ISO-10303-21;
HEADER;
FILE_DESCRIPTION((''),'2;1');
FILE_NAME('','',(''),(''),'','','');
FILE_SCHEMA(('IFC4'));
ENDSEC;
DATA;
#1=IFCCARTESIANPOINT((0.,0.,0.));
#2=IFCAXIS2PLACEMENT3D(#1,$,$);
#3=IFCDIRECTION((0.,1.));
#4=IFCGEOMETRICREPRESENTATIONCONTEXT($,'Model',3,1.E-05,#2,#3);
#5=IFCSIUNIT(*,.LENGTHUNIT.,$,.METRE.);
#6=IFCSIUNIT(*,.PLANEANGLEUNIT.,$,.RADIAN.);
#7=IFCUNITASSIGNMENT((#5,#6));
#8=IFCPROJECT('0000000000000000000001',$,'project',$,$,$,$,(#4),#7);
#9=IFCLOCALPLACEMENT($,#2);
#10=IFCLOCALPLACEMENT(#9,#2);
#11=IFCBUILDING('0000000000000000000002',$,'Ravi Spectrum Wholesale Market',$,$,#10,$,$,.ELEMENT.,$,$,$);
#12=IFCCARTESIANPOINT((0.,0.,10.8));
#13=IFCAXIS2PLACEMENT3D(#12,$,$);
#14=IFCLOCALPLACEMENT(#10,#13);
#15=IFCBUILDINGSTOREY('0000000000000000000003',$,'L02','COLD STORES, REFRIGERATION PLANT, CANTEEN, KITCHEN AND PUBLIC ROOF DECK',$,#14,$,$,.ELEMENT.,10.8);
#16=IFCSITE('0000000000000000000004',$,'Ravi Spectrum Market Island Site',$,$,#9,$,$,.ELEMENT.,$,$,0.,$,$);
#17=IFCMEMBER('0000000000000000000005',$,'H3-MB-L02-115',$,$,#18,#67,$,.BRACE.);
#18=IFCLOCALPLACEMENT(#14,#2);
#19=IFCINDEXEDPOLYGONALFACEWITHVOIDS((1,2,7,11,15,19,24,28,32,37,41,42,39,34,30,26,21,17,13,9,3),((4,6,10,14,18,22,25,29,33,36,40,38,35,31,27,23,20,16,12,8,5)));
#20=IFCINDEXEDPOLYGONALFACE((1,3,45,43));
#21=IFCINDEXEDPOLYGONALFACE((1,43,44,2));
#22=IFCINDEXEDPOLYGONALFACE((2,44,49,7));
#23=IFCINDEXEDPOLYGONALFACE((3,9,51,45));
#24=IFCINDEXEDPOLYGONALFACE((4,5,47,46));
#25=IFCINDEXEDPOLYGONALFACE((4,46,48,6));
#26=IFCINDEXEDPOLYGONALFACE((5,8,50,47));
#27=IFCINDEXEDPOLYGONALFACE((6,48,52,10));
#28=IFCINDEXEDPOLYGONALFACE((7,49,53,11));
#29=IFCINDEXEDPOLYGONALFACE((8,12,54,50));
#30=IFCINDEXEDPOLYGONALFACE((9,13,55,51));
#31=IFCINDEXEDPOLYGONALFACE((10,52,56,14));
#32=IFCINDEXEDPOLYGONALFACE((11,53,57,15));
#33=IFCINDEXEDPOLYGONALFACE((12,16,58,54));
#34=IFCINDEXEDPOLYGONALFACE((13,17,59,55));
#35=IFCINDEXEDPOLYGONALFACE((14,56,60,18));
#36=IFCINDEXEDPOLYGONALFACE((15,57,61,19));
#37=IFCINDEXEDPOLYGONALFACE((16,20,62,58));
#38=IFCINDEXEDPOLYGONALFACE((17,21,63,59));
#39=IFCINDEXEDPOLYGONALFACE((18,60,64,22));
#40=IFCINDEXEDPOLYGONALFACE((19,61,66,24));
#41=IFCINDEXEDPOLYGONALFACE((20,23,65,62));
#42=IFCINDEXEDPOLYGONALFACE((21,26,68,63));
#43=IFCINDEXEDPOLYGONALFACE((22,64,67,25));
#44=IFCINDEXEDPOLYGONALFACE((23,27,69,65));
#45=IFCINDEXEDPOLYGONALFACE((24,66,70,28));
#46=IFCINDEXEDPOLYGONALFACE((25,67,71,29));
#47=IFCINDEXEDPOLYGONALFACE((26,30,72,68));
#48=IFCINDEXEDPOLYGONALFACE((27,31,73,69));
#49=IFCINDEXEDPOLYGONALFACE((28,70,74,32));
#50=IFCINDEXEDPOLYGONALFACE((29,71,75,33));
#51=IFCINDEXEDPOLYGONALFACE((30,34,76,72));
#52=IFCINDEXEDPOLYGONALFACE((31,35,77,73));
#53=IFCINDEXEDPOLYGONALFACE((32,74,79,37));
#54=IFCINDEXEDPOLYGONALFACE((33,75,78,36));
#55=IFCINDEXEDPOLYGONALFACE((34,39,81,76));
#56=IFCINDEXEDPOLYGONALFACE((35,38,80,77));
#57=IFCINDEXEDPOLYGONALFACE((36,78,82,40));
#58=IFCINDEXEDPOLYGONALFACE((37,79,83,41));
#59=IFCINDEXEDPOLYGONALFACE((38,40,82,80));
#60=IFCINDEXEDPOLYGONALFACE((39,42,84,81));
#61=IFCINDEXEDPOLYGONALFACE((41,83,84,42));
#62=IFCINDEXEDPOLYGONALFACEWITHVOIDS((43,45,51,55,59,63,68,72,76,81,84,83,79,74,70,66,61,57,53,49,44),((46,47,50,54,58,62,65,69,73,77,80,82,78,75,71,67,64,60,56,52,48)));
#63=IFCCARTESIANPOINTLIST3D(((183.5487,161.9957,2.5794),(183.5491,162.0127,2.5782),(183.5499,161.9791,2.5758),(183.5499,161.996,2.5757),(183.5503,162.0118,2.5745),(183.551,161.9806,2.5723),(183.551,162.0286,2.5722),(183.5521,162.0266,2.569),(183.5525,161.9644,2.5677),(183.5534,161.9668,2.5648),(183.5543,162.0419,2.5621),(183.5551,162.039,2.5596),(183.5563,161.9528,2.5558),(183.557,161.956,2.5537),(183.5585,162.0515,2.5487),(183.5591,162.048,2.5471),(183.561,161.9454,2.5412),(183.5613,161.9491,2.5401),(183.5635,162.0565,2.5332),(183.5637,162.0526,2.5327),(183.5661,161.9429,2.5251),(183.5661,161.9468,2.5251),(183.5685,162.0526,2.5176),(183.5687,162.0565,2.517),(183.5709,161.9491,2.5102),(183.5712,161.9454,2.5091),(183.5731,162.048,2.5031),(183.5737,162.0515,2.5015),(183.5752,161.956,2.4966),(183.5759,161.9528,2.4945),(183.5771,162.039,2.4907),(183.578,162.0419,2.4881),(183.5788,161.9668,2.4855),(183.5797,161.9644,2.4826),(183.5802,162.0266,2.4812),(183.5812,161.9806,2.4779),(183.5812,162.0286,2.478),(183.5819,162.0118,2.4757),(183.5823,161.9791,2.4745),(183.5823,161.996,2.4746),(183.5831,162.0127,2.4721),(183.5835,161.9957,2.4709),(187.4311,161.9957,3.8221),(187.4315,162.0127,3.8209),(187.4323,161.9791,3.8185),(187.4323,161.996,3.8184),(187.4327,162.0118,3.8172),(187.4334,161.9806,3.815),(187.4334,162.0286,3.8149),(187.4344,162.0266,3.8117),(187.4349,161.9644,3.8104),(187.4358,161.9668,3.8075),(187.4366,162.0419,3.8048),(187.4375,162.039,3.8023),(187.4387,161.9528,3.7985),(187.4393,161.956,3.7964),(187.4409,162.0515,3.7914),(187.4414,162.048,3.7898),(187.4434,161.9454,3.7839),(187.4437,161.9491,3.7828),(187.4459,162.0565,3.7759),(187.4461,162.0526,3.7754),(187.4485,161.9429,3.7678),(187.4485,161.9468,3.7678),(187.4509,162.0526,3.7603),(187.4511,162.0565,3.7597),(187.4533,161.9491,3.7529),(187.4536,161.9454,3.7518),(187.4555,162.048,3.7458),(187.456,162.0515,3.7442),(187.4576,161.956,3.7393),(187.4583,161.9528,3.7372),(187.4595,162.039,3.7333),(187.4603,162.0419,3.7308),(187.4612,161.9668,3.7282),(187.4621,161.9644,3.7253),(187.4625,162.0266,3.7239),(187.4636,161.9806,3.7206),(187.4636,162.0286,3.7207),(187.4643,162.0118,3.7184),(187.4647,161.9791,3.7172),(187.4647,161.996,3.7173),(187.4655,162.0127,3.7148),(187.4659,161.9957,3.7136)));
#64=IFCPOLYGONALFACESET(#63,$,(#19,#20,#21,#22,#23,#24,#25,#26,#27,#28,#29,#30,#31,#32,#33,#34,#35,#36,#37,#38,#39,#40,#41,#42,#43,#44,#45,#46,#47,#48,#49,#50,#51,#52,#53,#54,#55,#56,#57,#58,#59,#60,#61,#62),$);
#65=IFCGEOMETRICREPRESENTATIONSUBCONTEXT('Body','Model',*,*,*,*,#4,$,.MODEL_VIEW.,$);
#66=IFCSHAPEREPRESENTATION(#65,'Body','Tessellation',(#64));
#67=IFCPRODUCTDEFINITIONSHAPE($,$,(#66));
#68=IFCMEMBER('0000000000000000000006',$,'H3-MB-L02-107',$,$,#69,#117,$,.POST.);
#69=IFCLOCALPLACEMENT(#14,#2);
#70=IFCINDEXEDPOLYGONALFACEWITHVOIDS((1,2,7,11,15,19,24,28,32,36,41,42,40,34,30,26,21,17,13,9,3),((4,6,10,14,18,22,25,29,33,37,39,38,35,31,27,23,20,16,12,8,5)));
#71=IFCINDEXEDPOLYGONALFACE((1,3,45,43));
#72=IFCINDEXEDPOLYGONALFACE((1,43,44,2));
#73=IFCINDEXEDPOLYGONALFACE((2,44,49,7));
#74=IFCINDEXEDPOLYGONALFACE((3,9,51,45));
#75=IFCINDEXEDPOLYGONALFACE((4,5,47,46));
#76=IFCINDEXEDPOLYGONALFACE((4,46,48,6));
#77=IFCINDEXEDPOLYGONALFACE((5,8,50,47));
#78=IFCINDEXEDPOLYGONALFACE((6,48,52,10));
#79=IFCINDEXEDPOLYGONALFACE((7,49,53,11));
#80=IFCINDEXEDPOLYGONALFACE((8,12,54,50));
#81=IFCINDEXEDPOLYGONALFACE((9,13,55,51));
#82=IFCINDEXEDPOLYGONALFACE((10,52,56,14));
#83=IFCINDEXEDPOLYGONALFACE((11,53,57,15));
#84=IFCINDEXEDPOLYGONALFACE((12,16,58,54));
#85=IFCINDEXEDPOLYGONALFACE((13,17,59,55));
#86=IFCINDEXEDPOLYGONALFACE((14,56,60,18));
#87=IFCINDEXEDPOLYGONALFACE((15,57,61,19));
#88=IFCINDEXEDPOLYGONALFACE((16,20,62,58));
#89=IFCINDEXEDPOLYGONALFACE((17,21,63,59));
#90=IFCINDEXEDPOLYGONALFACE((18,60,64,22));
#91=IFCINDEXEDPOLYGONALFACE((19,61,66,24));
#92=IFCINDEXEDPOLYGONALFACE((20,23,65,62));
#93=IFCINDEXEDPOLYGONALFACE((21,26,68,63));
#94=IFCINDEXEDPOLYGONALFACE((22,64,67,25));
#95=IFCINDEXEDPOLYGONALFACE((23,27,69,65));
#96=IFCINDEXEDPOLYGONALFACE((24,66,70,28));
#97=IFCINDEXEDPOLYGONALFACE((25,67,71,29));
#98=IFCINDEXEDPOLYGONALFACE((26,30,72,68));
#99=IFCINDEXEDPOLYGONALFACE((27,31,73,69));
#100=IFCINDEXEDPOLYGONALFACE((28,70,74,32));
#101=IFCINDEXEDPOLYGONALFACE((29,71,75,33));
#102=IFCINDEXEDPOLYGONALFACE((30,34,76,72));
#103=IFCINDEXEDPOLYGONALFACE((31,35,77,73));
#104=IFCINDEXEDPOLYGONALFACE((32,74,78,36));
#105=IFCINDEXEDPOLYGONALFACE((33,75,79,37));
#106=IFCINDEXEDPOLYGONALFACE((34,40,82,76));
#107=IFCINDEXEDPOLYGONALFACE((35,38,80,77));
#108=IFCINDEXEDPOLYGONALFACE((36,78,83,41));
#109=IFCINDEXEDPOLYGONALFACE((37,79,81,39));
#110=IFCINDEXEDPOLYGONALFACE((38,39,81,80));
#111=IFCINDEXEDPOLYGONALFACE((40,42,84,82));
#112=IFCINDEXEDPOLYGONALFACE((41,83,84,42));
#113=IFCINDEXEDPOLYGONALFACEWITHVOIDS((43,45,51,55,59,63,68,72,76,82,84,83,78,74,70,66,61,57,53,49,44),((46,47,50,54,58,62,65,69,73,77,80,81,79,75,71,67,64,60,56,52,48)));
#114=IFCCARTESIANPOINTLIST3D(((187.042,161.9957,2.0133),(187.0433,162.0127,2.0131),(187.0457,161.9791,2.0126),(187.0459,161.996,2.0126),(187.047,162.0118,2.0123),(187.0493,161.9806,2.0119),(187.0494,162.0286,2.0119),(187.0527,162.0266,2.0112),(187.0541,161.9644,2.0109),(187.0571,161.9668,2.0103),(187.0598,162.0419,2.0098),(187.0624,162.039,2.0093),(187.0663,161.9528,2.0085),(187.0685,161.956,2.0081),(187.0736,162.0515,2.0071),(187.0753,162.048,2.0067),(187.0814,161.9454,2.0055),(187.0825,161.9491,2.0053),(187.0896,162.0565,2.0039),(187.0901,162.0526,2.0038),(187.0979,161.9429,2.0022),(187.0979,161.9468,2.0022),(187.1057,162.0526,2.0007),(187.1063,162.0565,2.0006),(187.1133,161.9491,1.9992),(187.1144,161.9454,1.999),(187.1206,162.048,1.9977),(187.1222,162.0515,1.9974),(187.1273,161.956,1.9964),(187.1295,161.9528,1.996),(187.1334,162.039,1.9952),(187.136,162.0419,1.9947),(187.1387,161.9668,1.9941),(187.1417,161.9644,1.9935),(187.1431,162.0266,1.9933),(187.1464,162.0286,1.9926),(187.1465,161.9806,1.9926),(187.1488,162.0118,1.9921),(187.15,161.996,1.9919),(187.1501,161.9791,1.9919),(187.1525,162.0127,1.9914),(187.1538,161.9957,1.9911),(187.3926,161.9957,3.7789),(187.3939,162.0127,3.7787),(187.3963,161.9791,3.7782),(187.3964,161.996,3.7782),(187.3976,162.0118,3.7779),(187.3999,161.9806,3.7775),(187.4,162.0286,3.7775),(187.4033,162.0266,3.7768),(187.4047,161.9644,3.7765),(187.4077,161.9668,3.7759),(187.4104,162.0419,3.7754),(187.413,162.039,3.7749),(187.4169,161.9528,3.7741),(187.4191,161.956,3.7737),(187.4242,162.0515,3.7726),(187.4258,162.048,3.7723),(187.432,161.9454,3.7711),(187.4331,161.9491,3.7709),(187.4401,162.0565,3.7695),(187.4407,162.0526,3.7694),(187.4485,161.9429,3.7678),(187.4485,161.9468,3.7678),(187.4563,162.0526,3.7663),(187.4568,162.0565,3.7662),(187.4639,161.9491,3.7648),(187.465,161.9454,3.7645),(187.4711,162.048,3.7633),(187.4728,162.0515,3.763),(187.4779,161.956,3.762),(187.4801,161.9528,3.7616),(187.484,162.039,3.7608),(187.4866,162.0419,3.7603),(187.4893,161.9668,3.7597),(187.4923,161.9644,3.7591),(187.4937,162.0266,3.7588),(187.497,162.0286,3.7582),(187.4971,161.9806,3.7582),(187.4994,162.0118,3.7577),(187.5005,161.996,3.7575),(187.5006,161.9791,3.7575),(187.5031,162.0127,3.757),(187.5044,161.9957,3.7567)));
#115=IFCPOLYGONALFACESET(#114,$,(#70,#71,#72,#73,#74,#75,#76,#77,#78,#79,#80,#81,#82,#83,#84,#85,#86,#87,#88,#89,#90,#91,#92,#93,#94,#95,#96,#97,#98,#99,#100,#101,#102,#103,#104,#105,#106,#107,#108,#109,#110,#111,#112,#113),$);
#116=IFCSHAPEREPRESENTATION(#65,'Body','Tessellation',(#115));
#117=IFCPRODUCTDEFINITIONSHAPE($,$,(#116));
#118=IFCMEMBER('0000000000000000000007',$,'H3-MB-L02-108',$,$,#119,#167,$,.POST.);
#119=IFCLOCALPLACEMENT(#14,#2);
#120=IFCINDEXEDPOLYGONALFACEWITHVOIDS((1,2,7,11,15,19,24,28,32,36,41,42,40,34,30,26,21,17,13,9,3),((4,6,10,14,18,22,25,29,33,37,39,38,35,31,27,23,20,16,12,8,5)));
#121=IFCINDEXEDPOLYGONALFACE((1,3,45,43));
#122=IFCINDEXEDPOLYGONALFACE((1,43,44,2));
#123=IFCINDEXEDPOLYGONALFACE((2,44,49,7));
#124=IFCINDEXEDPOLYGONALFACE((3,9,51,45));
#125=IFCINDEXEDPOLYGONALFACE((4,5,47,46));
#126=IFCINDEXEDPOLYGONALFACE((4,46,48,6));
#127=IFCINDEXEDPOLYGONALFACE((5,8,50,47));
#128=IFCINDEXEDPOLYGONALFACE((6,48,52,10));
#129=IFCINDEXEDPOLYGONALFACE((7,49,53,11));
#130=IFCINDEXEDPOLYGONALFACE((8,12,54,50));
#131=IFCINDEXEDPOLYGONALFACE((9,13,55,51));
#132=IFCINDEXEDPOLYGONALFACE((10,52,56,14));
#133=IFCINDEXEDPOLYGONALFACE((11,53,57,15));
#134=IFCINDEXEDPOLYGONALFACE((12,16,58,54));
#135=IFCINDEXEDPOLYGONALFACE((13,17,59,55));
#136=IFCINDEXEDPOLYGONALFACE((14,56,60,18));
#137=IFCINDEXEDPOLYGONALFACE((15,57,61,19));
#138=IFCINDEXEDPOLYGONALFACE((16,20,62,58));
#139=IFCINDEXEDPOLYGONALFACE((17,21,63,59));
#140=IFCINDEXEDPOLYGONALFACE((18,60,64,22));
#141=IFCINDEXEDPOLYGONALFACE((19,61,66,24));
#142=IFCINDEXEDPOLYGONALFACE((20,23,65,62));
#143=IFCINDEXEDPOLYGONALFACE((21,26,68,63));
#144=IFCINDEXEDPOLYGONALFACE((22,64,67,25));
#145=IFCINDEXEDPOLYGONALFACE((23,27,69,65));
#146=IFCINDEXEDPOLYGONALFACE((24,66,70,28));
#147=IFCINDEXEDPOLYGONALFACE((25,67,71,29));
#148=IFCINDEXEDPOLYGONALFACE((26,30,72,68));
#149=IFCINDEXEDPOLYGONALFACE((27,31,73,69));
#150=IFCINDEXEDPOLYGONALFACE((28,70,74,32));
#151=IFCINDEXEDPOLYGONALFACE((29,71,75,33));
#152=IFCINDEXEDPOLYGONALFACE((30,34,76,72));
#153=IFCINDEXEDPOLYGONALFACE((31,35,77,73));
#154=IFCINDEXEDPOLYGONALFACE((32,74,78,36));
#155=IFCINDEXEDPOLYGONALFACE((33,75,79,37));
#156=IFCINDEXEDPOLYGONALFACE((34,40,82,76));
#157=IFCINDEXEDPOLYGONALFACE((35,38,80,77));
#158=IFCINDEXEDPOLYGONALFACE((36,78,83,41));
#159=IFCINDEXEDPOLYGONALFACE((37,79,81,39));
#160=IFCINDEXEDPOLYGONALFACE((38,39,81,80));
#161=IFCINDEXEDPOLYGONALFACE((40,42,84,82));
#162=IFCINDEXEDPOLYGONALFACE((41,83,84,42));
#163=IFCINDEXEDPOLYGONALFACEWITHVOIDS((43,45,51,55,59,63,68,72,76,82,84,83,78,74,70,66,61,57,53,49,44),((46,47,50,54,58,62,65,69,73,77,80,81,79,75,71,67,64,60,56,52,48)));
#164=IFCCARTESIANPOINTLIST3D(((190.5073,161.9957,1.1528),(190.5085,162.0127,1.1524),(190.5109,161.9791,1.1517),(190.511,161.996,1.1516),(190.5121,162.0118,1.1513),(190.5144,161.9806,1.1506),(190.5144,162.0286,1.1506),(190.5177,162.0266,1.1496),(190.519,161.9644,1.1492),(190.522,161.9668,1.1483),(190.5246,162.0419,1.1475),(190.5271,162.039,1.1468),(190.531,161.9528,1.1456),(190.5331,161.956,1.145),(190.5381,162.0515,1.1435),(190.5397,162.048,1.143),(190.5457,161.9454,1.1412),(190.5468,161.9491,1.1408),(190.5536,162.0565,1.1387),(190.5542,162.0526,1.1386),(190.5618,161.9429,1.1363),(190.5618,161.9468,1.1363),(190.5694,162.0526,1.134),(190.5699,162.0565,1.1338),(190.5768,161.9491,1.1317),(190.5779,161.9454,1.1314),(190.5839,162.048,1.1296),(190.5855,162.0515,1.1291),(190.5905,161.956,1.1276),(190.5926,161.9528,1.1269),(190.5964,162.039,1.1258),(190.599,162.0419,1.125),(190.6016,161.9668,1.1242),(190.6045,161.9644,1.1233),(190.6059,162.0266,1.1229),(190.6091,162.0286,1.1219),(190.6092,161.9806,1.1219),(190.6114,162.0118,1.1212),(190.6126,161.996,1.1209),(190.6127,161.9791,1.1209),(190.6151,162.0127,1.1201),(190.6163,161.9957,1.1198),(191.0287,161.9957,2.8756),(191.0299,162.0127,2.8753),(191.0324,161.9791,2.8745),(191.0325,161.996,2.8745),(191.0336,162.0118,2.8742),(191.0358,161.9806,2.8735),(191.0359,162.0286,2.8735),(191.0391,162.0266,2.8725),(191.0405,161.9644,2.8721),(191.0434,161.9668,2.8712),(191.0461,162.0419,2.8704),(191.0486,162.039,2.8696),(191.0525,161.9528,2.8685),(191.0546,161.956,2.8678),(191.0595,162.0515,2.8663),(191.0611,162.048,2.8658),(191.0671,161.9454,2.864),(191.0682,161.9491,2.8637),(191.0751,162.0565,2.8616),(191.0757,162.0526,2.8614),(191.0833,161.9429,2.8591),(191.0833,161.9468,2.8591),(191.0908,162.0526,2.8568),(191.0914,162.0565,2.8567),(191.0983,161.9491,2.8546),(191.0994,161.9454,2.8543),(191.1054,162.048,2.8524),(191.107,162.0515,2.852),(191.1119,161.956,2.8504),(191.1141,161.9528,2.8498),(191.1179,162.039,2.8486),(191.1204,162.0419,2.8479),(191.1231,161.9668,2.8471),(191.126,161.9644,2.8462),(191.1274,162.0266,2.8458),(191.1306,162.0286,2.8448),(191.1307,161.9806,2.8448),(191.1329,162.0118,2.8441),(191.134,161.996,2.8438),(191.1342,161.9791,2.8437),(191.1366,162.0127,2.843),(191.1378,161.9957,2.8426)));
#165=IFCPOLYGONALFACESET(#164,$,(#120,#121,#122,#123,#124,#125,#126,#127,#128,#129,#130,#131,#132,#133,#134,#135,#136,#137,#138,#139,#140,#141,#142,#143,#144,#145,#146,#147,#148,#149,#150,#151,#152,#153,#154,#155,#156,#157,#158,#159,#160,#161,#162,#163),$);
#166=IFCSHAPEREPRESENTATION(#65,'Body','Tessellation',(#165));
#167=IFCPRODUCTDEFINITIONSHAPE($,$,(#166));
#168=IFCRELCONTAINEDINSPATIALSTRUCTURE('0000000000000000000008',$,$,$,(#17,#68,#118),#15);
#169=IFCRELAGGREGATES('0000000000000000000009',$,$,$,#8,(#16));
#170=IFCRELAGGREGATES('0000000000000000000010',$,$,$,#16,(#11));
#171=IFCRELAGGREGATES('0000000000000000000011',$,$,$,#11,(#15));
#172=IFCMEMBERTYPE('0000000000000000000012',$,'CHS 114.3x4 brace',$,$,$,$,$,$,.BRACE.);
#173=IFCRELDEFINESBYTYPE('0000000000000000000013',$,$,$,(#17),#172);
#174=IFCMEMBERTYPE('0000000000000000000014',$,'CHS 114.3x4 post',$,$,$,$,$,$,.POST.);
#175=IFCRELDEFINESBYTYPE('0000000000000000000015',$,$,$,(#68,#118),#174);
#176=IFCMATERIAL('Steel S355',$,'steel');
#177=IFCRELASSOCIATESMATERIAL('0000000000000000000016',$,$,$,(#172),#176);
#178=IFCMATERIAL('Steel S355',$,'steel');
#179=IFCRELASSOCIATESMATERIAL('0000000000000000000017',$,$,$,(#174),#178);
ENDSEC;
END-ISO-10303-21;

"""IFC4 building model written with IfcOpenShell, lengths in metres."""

from ifc_helpers import new_model, si_unit, direction, frame, origin, origin_2d, place, context, subcontext, project, spatial, hollow_circle, extrude, material, material_profile, profile_set, type_object, element, save


model = new_model("IFC4")

# Units and contexts
model_context = context("Model", 3, precision=1e-05, world=origin(), true_north=direction((0.0, 1.0)))
body_context = subcontext(model_context, "Body", "Model", "MODEL_VIEW")
ifc_project = project(units=[si_unit("LENGTHUNIT", "METRE"), si_unit("PLANEANGLEUNIT", "RADIAN")], contexts=[model_context])

# Site, building, storey
site_placement = place(None, origin())
site = spatial("IfcSite", under=ifc_project, at=site_placement, Name="Ravi Spectrum Market Island Site", CompositionType="ELEMENT", RefElevation=0.0)
building_placement = place(site_placement, origin())
building = spatial("IfcBuilding", under=site, at=building_placement, Name="Ravi Spectrum Wholesale Market", CompositionType="ELEMENT")
storey_placement = place(building_placement, frame((0.0, 0.0, 10.8)))
storey = spatial("IfcBuildingStorey", under=building, at=storey_placement, Name="L02", Description="COLD STORES, REFRIGERATION PLANT, CANTEEN, KITCHEN AND PUBLIC ROOF DECK", CompositionType="ELEMENT", Elevation=10.8)

# Members
ifc_material_1 = material(Name="Steel S355", Category="steel")
ifc_material_profile_1 = material_profile(ifc_material_1, hollow_circle(Radius=0.0571, WallThickness=0.0039, at=origin_2d()))
ifc_profile_set_1 = profile_set([ifc_material_profile_1], Name="Steel S355")
member_type_1 = type_object("IfcMemberType", Name="CHS 114.3x4 brace", PredefinedType="BRACE", material=ifc_profile_set_1)
member_1_placement = place(storey_placement, frame((187.4485, 162.0, 3.7678), z_axis=(-0.952401, 0.0, -0.30485), x_axis=(0.0, -1.0, 0.0)))
element("IfcMember", 1, at=member_1_placement, inside=storey, type_object=member_type_1, Name="H3-MB-L02-115", PredefinedType="BRACE", context=body_context, shape_type="SweptSolid", body=[
    extrude(hollow_circle(Radius=0.0571, WallThickness=0.0039, at=origin_2d()), origin(), (0.0, 0.0, 1.0), 4.0764),
])
ifc_material_2 = material(Name="Steel S355", Category="steel")
ifc_material_profile_2 = material_profile(ifc_material_2, hollow_circle(Radius=0.0571, WallThickness=0.0039, at=origin_2d()))
ifc_profile_set_2 = profile_set([ifc_material_profile_2], Name="Steel S355")
member_type_2 = type_object("IfcMemberType", Name="CHS 114.3x4 post", PredefinedType="POST", material=ifc_profile_set_2)
for number, where, z_axis, x_axis, name in (
    (2, (187.4485, 162.0, 3.7678), (-0.19476, 0.0, -0.980851), (0.0, -1.0, 0.0), "H3-MB-L02-107"),
    (3, (191.0833, 162.0, 2.8591), (-0.289699, 0.0, -0.957118), (0.0, -1.0, 0.0), "H3-MB-L02-108"),
):
    element("IfcMember", number, at=place(storey_placement, frame(where, z_axis=z_axis, x_axis=x_axis)), inside=storey, type_object=member_type_2, Name=name, PredefinedType="POST", context=body_context, shape_type="SweptSolid", body=[
        extrude(hollow_circle(Radius=0.0571, WallThickness=0.0039, at=origin_2d()), origin(), (0.0, 0.0, 1.0), 1.8),
    ])

save(model, "model.ifc")
